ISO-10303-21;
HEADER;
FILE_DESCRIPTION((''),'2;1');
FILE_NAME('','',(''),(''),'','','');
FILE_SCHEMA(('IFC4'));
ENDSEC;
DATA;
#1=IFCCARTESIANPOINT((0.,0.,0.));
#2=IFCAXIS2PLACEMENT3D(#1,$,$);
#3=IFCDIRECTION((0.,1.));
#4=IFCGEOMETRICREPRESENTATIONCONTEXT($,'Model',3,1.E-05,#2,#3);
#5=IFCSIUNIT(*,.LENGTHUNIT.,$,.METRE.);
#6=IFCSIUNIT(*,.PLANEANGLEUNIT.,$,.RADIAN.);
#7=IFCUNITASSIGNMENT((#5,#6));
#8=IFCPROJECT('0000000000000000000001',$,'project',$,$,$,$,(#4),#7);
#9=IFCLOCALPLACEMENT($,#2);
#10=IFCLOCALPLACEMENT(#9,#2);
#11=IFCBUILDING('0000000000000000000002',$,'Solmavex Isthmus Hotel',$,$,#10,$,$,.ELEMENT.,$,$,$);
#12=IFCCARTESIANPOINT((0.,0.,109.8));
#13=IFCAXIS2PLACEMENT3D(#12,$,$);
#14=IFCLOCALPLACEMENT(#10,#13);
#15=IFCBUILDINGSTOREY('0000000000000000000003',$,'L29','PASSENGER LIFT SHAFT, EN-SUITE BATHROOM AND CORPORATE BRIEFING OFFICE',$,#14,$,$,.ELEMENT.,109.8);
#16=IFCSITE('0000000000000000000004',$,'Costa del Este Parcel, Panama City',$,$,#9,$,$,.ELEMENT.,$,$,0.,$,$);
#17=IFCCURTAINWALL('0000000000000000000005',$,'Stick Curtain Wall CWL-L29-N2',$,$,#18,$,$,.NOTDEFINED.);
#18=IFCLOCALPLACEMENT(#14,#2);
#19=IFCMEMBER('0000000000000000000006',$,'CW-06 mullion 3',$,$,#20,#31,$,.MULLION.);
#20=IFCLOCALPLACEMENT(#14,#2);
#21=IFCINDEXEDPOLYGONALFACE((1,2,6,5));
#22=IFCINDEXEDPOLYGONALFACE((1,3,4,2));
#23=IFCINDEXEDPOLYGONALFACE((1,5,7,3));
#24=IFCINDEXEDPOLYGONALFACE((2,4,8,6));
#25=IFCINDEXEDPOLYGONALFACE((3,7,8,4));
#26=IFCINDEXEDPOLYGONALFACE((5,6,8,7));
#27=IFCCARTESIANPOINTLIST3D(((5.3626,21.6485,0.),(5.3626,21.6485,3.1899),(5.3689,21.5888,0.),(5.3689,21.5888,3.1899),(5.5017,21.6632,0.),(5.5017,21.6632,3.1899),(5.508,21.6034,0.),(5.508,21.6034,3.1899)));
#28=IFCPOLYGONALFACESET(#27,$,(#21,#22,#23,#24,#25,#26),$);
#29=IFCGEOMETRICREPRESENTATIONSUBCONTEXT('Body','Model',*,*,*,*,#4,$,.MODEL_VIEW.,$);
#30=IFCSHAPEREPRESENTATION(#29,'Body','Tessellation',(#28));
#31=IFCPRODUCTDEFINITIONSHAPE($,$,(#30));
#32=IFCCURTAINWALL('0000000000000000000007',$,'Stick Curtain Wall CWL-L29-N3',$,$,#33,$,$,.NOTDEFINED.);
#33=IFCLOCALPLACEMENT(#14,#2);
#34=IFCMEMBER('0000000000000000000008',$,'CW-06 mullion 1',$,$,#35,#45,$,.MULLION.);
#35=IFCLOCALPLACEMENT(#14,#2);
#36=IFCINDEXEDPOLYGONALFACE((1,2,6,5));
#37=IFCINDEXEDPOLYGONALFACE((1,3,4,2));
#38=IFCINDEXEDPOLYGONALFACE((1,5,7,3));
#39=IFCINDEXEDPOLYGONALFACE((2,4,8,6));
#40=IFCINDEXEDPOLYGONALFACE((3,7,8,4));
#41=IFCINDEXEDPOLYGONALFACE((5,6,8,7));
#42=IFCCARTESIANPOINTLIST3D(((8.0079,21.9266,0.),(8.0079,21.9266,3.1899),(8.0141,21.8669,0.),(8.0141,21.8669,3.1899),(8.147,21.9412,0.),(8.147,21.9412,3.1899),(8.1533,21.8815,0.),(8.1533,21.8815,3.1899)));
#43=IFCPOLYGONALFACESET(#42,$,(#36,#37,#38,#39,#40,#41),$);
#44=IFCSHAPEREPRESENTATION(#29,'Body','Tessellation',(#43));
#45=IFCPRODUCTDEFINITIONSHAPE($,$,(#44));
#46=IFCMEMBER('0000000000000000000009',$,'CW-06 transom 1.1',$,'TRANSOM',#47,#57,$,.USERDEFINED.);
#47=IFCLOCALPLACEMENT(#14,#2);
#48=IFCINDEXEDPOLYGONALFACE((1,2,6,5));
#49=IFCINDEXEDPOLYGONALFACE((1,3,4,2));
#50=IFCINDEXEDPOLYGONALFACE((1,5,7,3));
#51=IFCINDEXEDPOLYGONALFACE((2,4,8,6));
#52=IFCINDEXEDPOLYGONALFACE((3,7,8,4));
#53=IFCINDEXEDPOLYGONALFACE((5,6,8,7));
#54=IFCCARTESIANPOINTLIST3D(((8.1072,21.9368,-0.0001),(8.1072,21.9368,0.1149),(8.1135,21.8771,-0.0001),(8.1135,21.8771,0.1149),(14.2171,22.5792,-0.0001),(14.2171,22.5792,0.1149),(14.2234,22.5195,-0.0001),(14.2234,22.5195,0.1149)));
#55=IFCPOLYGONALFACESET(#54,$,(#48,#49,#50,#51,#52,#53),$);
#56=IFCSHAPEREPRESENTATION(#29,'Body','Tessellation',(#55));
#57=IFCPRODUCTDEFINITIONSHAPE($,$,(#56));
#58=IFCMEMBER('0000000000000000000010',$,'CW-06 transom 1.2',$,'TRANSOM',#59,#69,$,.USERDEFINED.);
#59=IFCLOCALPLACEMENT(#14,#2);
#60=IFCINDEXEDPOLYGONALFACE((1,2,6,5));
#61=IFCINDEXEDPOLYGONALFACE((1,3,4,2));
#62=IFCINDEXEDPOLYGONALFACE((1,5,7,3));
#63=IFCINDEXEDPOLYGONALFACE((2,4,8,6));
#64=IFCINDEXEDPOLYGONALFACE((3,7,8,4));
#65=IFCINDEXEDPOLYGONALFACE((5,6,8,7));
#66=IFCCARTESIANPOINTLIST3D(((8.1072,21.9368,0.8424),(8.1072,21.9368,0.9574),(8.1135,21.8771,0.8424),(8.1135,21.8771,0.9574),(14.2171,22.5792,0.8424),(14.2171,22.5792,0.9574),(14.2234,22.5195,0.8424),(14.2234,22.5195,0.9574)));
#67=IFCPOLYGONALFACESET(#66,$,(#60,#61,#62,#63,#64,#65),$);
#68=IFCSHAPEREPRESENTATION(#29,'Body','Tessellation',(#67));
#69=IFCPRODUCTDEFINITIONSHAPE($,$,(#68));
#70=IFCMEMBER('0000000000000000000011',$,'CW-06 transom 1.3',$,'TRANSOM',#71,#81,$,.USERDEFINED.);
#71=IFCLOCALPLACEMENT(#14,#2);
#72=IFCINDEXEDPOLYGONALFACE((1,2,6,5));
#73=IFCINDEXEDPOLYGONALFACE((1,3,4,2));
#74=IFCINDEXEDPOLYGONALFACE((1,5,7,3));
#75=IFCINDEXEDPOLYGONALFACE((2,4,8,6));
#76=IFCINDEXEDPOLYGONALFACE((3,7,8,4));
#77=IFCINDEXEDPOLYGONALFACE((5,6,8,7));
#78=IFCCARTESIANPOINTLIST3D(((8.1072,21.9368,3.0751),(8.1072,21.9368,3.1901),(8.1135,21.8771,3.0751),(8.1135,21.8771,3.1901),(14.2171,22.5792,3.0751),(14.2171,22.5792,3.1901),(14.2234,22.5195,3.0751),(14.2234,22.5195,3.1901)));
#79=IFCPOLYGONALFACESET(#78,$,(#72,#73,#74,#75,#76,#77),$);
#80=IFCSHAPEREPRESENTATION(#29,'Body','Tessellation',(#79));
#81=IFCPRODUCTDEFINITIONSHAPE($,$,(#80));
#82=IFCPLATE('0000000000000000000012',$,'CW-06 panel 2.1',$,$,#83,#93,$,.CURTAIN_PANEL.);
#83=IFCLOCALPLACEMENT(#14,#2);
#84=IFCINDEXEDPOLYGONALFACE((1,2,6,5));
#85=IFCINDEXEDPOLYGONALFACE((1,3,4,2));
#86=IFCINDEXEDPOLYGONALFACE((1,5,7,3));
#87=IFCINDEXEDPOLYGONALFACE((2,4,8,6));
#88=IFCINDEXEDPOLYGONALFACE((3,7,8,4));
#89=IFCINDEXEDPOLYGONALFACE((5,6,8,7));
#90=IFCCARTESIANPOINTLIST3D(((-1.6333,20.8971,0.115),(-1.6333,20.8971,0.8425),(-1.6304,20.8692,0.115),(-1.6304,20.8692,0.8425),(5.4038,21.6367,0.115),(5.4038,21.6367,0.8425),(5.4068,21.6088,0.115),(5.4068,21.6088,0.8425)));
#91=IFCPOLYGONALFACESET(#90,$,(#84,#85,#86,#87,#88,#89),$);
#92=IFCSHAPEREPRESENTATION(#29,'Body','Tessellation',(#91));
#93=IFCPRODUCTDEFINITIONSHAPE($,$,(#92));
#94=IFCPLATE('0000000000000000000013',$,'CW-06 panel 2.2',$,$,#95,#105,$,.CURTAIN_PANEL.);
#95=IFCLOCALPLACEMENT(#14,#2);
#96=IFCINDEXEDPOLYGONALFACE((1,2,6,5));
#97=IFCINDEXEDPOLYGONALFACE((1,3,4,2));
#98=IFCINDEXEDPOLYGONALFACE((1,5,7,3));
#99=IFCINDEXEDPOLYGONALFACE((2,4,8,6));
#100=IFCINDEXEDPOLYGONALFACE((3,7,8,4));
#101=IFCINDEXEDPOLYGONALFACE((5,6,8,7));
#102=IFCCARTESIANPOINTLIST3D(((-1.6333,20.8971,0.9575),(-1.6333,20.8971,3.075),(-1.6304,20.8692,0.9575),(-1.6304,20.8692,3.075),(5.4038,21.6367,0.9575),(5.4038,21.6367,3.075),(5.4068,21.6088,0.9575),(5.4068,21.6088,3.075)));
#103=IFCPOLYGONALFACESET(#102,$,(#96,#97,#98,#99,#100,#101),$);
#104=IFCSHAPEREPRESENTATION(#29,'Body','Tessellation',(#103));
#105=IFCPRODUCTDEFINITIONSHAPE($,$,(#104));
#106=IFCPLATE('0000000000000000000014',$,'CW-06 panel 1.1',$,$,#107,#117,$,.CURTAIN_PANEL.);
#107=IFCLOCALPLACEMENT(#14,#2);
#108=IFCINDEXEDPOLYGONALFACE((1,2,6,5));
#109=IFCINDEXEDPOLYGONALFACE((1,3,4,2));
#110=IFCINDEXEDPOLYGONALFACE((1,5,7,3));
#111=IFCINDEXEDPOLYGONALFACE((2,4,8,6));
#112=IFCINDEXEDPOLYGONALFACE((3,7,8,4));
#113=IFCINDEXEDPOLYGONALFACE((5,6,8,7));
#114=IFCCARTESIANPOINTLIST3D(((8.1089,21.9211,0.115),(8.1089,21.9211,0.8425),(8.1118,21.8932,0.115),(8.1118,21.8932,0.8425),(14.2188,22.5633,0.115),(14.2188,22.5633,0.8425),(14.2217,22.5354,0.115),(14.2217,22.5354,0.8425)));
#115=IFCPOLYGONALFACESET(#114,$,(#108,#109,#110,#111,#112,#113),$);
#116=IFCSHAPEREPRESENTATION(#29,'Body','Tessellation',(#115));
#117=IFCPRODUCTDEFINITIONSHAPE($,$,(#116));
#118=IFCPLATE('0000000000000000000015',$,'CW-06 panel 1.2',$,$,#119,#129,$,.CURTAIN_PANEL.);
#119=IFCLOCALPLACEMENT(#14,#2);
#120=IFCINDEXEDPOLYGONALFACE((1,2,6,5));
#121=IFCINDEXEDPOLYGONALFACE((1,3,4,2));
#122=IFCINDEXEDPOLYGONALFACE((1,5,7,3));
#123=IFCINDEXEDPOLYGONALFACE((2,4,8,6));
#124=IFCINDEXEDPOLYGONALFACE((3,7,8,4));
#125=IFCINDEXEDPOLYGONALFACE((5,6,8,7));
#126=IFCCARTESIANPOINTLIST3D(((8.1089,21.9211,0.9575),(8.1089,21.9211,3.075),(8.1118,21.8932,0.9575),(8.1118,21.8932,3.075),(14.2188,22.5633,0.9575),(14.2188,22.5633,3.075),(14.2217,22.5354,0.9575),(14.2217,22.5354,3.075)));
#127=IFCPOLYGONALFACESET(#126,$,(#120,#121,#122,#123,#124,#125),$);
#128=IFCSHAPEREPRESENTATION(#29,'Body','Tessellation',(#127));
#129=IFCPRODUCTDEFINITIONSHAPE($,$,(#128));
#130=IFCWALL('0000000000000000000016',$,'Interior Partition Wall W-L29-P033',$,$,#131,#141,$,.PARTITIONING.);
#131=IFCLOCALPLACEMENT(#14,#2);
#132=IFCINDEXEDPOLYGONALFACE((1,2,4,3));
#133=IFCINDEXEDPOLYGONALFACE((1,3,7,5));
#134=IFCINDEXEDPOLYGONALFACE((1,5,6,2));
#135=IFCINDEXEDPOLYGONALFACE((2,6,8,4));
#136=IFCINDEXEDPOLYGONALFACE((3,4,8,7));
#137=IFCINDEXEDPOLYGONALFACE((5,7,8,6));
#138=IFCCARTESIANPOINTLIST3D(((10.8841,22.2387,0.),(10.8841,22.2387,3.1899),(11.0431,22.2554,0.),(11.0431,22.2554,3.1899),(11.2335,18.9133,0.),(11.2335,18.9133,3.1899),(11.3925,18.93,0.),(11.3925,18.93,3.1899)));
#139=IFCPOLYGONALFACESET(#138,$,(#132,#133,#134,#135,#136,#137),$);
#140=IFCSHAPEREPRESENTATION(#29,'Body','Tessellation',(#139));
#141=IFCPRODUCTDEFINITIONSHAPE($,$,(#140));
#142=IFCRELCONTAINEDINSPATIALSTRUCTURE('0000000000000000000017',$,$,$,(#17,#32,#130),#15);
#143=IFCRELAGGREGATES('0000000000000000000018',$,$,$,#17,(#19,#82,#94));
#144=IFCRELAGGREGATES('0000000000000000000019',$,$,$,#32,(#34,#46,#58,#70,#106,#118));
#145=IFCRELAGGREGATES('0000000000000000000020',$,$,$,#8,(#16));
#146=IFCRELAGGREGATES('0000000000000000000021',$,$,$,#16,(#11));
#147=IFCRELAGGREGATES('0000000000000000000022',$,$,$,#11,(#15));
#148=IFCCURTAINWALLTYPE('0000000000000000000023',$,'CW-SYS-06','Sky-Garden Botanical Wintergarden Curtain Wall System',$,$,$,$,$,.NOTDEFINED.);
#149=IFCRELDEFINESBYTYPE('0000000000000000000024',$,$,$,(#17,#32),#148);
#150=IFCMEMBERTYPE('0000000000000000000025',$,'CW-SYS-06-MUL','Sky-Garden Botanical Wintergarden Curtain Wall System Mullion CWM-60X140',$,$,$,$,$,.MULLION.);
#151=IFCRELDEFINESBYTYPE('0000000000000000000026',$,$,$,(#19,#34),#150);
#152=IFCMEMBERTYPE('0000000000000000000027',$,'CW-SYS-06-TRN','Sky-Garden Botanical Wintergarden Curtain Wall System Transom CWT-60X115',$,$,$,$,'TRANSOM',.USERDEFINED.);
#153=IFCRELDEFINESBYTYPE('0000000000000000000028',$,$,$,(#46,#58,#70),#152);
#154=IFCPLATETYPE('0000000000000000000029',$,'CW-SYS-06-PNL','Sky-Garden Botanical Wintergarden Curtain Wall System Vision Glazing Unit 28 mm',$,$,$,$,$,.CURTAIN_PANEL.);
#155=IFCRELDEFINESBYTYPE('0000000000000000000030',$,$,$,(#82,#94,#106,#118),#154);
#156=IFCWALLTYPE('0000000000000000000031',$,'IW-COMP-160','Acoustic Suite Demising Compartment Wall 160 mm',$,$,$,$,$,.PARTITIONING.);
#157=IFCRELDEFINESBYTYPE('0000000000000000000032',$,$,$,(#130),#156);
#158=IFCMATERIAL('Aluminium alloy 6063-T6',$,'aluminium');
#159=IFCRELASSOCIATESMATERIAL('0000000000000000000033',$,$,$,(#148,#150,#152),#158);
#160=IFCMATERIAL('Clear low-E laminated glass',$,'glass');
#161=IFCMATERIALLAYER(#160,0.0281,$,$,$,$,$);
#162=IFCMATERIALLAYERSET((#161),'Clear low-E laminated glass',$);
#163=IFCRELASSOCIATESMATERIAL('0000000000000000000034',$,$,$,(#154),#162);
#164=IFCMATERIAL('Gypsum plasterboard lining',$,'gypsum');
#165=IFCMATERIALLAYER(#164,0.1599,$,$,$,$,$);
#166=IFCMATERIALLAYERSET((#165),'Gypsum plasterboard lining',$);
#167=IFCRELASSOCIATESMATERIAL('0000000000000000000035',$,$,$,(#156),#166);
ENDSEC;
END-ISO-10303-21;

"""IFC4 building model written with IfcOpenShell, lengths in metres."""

from ifc_helpers import new_model, si_unit, direction, frame, frame_2d, origin, origin_2d, place, context, subcontext, project, spatial, rectangle, extrude, material, layer, layer_set, material_profile, profile_set, type_object, element, aggregate, save


model = new_model("IFC4")

# Units and contexts
model_context = context("Model", 3, precision=1e-05, world=origin(), true_north=direction((0.0, 1.0)))
body_context = subcontext(model_context, "Body", "Model", "MODEL_VIEW")
ifc_project = project(units=[si_unit("LENGTHUNIT", "METRE"), si_unit("PLANEANGLEUNIT", "RADIAN")], contexts=[model_context])

# Site, building, storey
site_placement = place(None, origin())
site = spatial("IfcSite", under=ifc_project, at=site_placement, Name="Costa del Este Parcel, Panama City", CompositionType="ELEMENT", RefElevation=0.0)
building_placement = place(site_placement, origin())
building = spatial("IfcBuilding", under=site, at=building_placement, Name="Solmavex Isthmus Hotel", CompositionType="ELEMENT")
storey_placement = place(building_placement, frame((0.0, 0.0, 109.8)))
storey = spatial("IfcBuildingStorey", under=building, at=storey_placement, Name="L29", Description="PASSENGER LIFT SHAFT, EN-SUITE BATHROOM AND CORPORATE BRIEFING OFFICE", CompositionType="ELEMENT", Elevation=109.8)

# Curtain wall, member
ifc_material_1 = material(Name="Aluminium alloy 6063-T6", Category="aluminium")
curtain_wall_type = type_object("IfcCurtainWallType", Name="CW-SYS-06", Description="Sky-Garden Botanical Wintergarden Curtain Wall System", PredefinedType="NOTDEFINED", material=ifc_material_1)
curtain_wall_1_placement = place(storey_placement, origin())
curtain_wall_1 = element("IfcCurtainWall", 1, at=curtain_wall_1_placement, inside=storey, type_object=curtain_wall_type, Name="Stick Curtain Wall CWL-L29-N2", PredefinedType="NOTDEFINED")
ifc_material_profile_1 = material_profile(ifc_material_1, rectangle(XDim=0.0601, YDim=0.1399, at=origin_2d()), Name="CWM-60X140")
ifc_profile_set_1 = profile_set([ifc_material_profile_1], Name="Aluminium alloy 6063-T6")
member_type_1 = type_object("IfcMemberType", Name="CW-SYS-06-MUL", Description="Sky-Garden Botanical Wintergarden Curtain Wall System Mullion CWM-60X140", PredefinedType="MULLION", material=ifc_profile_set_1)
member_1_placement = place(storey_placement, frame((5.4353, 21.626, 0.0), z_axis=(0.0, 0.0, 1.0), x_axis=(-0.104528, 0.994522, 0.0)))
member_1 = element("IfcMember", 2, at=member_1_placement, type_object=member_type_1, Name="CW-06 mullion 3", PredefinedType="MULLION", context=body_context, shape_type="SweptSolid", body=[
    extrude(rectangle(XDim=0.0601, YDim=0.1399, at=origin_2d()), origin(), (0.0, 0.0, 1.0), 3.1899),
])

# Curtain wall, members
curtain_wall_2_placement = place(storey_placement, origin())
curtain_wall_2 = element("IfcCurtainWall", 3, at=curtain_wall_2_placement, inside=storey, type_object=curtain_wall_type, Name="Stick Curtain Wall CWL-L29-N3", PredefinedType="NOTDEFINED")
member_2_placement = place(storey_placement, frame((8.0806, 21.9041, 0.0), z_axis=(0.0, 0.0, 1.0), x_axis=(-0.104529, 0.994522, 0.0)))
member_2 = element("IfcMember", 4, at=member_2_placement, type_object=member_type_1, Name="CW-06 mullion 1", PredefinedType="MULLION", context=body_context, shape_type="SweptSolid", body=[
    extrude(rectangle(XDim=0.0601, YDim=0.1399, at=origin_2d()), origin(), (0.0, 0.0, 1.0), 3.1899),
])
ifc_material_profile_2 = material_profile(ifc_material_1, rectangle(XDim=0.0601, YDim=0.115, at=origin_2d()), Name="CWT-60X115")
ifc_profile_set_2 = profile_set([ifc_material_profile_2], Name="Aluminium alloy 6063-T6")
member_type_2 = type_object("IfcMemberType", Name="CW-SYS-06-TRN", Description="Sky-Garden Botanical Wintergarden Curtain Wall System Transom CWT-60X115", ElementType="TRANSOM", PredefinedType="USERDEFINED", material=ifc_profile_set_2)
member_3_placement = place(storey_placement, frame((8.1104, 21.907, 0.0574), z_axis=(0.994519, 0.104554, 0.0), x_axis=(-0.104554, 0.994519, 0.0)))
member_3 = element("IfcMember", 5, at=member_3_placement, type_object=member_type_2, Name="CW-06 transom 1.1", ObjectType="TRANSOM", PredefinedType="USERDEFINED", context=body_context, shape_type="SweptSolid", body=[
    extrude(rectangle(XDim=0.0601, YDim=0.115, at=origin_2d()), origin(), (0.0, 0.0, 1.0), 6.1436),
])
member_4_placement = place(storey_placement, frame((8.1104, 21.907, 0.8999), z_axis=(0.994519, 0.104554, 0.0), x_axis=(-0.104554, 0.994519, 0.0)))
member_4 = element("IfcMember", 6, at=member_4_placement, type_object=member_type_2, Name="CW-06 transom 1.2", ObjectType="TRANSOM", PredefinedType="USERDEFINED", context=body_context, shape_type="SweptSolid", body=[
    extrude(rectangle(XDim=0.0601, YDim=0.115, at=origin_2d()), origin(), (0.0, 0.0, 1.0), 6.1436),
])
member_5_placement = place(storey_placement, frame((8.1104, 21.907, 3.1326), z_axis=(0.994519, 0.104554, 0.0), x_axis=(-0.104554, 0.994519, 0.0)))
member_5 = element("IfcMember", 7, at=member_5_placement, type_object=member_type_2, Name="CW-06 transom 1.3", ObjectType="TRANSOM", PredefinedType="USERDEFINED", context=body_context, shape_type="SweptSolid", body=[
    extrude(rectangle(XDim=0.0601, YDim=0.115, at=origin_2d()), origin(), (0.0, 0.0, 1.0), 6.1436),
])

# Plates
ifc_material_2 = material(Name="Clear low-E laminated glass", Category="glass")
ifc_layer_1 = layer(ifc_material_2, 0.0281)
ifc_layer_set_1 = layer_set([ifc_layer_1], Name="Clear low-E laminated glass")
plate_type = type_object("IfcPlateType", Name="CW-SYS-06-PNL", Description="Sky-Garden Botanical Wintergarden Curtain Wall System Vision Glazing Unit 28 mm", PredefinedType="CURTAIN_PANEL", material=ifc_layer_set_1)
plate_1_placement = place(storey_placement, frame((1.8867, 21.2529, 0.115), z_axis=(0.0, 0.0, 1.0), x_axis=(0.994522, 0.104528, 0.0)))
plate_1 = element("IfcPlate", 8, at=plate_1_placement, type_object=plate_type, Name="CW-06 panel 2.1", PredefinedType="CURTAIN_PANEL", context=body_context, shape_type="SweptSolid", body=[
    extrude(rectangle(XDim=7.0759, YDim=0.0281, at=origin_2d()), origin(), (0.0, 0.0, 1.0), 0.7275),
])
plate_2_placement = place(storey_placement, frame((1.8867, 21.2529, 0.9575), z_axis=(0.0, 0.0, 1.0), x_axis=(0.994522, 0.104528, 0.0)))
plate_2 = element("IfcPlate", 9, at=plate_2_placement, type_object=plate_type, Name="CW-06 panel 2.2", PredefinedType="CURTAIN_PANEL", context=body_context, shape_type="SweptSolid", body=[
    extrude(rectangle(XDim=7.0759, YDim=0.0281, at=origin_2d()), origin(), (0.0, 0.0, 1.0), 2.1174),
])
aggregate(curtain_wall_1, [member_1, plate_1, plate_2])
plate_3_placement = place(storey_placement, frame((11.1653, 22.2283, 0.115), z_axis=(0.0, 0.0, 1.0), x_axis=(0.994522, 0.104529, 0.0)))
plate_3 = element("IfcPlate", 10, at=plate_3_placement, type_object=plate_type, Name="CW-06 panel 1.1", PredefinedType="CURTAIN_PANEL", context=body_context, shape_type="SweptSolid", body=[
    extrude(rectangle(XDim=6.1436, YDim=0.0281, at=origin_2d()), origin(), (0.0, 0.0, 1.0), 0.7275),
])
plate_4_placement = place(storey_placement, frame((11.1653, 22.2283, 0.9575), z_axis=(0.0, 0.0, 1.0), x_axis=(0.994522, 0.104529, 0.0)))
plate_4 = element("IfcPlate", 11, at=plate_4_placement, type_object=plate_type, Name="CW-06 panel 1.2", PredefinedType="CURTAIN_PANEL", context=body_context, shape_type="SweptSolid", body=[
    extrude(rectangle(XDim=6.1436, YDim=0.0281, at=origin_2d()), origin(), (0.0, 0.0, 1.0), 2.1174),
])
aggregate(curtain_wall_2, [member_2, member_3, member_4, member_5, plate_3, plate_4])

# Wall
ifc_material_3 = material(Name="Gypsum plasterboard lining", Category="gypsum")
ifc_layer_2 = layer(ifc_material_3, 0.1599)
ifc_layer_set_2 = layer_set([ifc_layer_2], Name="Gypsum plasterboard lining")
wall_type_1 = type_object("IfcWallType", Name="IW-COMP-160", Description="Acoustic Suite Demising Compartment Wall 160 mm", PredefinedType="PARTITIONING", material=ifc_layer_set_2)
wall_1_placement = place(storey_placement, frame((10.9636, 22.2471, 0.0), z_axis=(0.0, 0.0, 1.0), x_axis=(0.104483, -0.994527, 0.0)))
element("IfcWall", 12, at=wall_1_placement, inside=storey, type_object=wall_type_1, Name="Interior Partition Wall W-L29-P033", PredefinedType="PARTITIONING", context=body_context, shape_type="SweptSolid", body=[
    extrude(rectangle(XDim=3.3438, YDim=0.1599, at=frame_2d((1.6719, 0.0))), origin(), (0.0, 0.0, 1.0), 3.1899),
])

save(model, "model.ifc")
